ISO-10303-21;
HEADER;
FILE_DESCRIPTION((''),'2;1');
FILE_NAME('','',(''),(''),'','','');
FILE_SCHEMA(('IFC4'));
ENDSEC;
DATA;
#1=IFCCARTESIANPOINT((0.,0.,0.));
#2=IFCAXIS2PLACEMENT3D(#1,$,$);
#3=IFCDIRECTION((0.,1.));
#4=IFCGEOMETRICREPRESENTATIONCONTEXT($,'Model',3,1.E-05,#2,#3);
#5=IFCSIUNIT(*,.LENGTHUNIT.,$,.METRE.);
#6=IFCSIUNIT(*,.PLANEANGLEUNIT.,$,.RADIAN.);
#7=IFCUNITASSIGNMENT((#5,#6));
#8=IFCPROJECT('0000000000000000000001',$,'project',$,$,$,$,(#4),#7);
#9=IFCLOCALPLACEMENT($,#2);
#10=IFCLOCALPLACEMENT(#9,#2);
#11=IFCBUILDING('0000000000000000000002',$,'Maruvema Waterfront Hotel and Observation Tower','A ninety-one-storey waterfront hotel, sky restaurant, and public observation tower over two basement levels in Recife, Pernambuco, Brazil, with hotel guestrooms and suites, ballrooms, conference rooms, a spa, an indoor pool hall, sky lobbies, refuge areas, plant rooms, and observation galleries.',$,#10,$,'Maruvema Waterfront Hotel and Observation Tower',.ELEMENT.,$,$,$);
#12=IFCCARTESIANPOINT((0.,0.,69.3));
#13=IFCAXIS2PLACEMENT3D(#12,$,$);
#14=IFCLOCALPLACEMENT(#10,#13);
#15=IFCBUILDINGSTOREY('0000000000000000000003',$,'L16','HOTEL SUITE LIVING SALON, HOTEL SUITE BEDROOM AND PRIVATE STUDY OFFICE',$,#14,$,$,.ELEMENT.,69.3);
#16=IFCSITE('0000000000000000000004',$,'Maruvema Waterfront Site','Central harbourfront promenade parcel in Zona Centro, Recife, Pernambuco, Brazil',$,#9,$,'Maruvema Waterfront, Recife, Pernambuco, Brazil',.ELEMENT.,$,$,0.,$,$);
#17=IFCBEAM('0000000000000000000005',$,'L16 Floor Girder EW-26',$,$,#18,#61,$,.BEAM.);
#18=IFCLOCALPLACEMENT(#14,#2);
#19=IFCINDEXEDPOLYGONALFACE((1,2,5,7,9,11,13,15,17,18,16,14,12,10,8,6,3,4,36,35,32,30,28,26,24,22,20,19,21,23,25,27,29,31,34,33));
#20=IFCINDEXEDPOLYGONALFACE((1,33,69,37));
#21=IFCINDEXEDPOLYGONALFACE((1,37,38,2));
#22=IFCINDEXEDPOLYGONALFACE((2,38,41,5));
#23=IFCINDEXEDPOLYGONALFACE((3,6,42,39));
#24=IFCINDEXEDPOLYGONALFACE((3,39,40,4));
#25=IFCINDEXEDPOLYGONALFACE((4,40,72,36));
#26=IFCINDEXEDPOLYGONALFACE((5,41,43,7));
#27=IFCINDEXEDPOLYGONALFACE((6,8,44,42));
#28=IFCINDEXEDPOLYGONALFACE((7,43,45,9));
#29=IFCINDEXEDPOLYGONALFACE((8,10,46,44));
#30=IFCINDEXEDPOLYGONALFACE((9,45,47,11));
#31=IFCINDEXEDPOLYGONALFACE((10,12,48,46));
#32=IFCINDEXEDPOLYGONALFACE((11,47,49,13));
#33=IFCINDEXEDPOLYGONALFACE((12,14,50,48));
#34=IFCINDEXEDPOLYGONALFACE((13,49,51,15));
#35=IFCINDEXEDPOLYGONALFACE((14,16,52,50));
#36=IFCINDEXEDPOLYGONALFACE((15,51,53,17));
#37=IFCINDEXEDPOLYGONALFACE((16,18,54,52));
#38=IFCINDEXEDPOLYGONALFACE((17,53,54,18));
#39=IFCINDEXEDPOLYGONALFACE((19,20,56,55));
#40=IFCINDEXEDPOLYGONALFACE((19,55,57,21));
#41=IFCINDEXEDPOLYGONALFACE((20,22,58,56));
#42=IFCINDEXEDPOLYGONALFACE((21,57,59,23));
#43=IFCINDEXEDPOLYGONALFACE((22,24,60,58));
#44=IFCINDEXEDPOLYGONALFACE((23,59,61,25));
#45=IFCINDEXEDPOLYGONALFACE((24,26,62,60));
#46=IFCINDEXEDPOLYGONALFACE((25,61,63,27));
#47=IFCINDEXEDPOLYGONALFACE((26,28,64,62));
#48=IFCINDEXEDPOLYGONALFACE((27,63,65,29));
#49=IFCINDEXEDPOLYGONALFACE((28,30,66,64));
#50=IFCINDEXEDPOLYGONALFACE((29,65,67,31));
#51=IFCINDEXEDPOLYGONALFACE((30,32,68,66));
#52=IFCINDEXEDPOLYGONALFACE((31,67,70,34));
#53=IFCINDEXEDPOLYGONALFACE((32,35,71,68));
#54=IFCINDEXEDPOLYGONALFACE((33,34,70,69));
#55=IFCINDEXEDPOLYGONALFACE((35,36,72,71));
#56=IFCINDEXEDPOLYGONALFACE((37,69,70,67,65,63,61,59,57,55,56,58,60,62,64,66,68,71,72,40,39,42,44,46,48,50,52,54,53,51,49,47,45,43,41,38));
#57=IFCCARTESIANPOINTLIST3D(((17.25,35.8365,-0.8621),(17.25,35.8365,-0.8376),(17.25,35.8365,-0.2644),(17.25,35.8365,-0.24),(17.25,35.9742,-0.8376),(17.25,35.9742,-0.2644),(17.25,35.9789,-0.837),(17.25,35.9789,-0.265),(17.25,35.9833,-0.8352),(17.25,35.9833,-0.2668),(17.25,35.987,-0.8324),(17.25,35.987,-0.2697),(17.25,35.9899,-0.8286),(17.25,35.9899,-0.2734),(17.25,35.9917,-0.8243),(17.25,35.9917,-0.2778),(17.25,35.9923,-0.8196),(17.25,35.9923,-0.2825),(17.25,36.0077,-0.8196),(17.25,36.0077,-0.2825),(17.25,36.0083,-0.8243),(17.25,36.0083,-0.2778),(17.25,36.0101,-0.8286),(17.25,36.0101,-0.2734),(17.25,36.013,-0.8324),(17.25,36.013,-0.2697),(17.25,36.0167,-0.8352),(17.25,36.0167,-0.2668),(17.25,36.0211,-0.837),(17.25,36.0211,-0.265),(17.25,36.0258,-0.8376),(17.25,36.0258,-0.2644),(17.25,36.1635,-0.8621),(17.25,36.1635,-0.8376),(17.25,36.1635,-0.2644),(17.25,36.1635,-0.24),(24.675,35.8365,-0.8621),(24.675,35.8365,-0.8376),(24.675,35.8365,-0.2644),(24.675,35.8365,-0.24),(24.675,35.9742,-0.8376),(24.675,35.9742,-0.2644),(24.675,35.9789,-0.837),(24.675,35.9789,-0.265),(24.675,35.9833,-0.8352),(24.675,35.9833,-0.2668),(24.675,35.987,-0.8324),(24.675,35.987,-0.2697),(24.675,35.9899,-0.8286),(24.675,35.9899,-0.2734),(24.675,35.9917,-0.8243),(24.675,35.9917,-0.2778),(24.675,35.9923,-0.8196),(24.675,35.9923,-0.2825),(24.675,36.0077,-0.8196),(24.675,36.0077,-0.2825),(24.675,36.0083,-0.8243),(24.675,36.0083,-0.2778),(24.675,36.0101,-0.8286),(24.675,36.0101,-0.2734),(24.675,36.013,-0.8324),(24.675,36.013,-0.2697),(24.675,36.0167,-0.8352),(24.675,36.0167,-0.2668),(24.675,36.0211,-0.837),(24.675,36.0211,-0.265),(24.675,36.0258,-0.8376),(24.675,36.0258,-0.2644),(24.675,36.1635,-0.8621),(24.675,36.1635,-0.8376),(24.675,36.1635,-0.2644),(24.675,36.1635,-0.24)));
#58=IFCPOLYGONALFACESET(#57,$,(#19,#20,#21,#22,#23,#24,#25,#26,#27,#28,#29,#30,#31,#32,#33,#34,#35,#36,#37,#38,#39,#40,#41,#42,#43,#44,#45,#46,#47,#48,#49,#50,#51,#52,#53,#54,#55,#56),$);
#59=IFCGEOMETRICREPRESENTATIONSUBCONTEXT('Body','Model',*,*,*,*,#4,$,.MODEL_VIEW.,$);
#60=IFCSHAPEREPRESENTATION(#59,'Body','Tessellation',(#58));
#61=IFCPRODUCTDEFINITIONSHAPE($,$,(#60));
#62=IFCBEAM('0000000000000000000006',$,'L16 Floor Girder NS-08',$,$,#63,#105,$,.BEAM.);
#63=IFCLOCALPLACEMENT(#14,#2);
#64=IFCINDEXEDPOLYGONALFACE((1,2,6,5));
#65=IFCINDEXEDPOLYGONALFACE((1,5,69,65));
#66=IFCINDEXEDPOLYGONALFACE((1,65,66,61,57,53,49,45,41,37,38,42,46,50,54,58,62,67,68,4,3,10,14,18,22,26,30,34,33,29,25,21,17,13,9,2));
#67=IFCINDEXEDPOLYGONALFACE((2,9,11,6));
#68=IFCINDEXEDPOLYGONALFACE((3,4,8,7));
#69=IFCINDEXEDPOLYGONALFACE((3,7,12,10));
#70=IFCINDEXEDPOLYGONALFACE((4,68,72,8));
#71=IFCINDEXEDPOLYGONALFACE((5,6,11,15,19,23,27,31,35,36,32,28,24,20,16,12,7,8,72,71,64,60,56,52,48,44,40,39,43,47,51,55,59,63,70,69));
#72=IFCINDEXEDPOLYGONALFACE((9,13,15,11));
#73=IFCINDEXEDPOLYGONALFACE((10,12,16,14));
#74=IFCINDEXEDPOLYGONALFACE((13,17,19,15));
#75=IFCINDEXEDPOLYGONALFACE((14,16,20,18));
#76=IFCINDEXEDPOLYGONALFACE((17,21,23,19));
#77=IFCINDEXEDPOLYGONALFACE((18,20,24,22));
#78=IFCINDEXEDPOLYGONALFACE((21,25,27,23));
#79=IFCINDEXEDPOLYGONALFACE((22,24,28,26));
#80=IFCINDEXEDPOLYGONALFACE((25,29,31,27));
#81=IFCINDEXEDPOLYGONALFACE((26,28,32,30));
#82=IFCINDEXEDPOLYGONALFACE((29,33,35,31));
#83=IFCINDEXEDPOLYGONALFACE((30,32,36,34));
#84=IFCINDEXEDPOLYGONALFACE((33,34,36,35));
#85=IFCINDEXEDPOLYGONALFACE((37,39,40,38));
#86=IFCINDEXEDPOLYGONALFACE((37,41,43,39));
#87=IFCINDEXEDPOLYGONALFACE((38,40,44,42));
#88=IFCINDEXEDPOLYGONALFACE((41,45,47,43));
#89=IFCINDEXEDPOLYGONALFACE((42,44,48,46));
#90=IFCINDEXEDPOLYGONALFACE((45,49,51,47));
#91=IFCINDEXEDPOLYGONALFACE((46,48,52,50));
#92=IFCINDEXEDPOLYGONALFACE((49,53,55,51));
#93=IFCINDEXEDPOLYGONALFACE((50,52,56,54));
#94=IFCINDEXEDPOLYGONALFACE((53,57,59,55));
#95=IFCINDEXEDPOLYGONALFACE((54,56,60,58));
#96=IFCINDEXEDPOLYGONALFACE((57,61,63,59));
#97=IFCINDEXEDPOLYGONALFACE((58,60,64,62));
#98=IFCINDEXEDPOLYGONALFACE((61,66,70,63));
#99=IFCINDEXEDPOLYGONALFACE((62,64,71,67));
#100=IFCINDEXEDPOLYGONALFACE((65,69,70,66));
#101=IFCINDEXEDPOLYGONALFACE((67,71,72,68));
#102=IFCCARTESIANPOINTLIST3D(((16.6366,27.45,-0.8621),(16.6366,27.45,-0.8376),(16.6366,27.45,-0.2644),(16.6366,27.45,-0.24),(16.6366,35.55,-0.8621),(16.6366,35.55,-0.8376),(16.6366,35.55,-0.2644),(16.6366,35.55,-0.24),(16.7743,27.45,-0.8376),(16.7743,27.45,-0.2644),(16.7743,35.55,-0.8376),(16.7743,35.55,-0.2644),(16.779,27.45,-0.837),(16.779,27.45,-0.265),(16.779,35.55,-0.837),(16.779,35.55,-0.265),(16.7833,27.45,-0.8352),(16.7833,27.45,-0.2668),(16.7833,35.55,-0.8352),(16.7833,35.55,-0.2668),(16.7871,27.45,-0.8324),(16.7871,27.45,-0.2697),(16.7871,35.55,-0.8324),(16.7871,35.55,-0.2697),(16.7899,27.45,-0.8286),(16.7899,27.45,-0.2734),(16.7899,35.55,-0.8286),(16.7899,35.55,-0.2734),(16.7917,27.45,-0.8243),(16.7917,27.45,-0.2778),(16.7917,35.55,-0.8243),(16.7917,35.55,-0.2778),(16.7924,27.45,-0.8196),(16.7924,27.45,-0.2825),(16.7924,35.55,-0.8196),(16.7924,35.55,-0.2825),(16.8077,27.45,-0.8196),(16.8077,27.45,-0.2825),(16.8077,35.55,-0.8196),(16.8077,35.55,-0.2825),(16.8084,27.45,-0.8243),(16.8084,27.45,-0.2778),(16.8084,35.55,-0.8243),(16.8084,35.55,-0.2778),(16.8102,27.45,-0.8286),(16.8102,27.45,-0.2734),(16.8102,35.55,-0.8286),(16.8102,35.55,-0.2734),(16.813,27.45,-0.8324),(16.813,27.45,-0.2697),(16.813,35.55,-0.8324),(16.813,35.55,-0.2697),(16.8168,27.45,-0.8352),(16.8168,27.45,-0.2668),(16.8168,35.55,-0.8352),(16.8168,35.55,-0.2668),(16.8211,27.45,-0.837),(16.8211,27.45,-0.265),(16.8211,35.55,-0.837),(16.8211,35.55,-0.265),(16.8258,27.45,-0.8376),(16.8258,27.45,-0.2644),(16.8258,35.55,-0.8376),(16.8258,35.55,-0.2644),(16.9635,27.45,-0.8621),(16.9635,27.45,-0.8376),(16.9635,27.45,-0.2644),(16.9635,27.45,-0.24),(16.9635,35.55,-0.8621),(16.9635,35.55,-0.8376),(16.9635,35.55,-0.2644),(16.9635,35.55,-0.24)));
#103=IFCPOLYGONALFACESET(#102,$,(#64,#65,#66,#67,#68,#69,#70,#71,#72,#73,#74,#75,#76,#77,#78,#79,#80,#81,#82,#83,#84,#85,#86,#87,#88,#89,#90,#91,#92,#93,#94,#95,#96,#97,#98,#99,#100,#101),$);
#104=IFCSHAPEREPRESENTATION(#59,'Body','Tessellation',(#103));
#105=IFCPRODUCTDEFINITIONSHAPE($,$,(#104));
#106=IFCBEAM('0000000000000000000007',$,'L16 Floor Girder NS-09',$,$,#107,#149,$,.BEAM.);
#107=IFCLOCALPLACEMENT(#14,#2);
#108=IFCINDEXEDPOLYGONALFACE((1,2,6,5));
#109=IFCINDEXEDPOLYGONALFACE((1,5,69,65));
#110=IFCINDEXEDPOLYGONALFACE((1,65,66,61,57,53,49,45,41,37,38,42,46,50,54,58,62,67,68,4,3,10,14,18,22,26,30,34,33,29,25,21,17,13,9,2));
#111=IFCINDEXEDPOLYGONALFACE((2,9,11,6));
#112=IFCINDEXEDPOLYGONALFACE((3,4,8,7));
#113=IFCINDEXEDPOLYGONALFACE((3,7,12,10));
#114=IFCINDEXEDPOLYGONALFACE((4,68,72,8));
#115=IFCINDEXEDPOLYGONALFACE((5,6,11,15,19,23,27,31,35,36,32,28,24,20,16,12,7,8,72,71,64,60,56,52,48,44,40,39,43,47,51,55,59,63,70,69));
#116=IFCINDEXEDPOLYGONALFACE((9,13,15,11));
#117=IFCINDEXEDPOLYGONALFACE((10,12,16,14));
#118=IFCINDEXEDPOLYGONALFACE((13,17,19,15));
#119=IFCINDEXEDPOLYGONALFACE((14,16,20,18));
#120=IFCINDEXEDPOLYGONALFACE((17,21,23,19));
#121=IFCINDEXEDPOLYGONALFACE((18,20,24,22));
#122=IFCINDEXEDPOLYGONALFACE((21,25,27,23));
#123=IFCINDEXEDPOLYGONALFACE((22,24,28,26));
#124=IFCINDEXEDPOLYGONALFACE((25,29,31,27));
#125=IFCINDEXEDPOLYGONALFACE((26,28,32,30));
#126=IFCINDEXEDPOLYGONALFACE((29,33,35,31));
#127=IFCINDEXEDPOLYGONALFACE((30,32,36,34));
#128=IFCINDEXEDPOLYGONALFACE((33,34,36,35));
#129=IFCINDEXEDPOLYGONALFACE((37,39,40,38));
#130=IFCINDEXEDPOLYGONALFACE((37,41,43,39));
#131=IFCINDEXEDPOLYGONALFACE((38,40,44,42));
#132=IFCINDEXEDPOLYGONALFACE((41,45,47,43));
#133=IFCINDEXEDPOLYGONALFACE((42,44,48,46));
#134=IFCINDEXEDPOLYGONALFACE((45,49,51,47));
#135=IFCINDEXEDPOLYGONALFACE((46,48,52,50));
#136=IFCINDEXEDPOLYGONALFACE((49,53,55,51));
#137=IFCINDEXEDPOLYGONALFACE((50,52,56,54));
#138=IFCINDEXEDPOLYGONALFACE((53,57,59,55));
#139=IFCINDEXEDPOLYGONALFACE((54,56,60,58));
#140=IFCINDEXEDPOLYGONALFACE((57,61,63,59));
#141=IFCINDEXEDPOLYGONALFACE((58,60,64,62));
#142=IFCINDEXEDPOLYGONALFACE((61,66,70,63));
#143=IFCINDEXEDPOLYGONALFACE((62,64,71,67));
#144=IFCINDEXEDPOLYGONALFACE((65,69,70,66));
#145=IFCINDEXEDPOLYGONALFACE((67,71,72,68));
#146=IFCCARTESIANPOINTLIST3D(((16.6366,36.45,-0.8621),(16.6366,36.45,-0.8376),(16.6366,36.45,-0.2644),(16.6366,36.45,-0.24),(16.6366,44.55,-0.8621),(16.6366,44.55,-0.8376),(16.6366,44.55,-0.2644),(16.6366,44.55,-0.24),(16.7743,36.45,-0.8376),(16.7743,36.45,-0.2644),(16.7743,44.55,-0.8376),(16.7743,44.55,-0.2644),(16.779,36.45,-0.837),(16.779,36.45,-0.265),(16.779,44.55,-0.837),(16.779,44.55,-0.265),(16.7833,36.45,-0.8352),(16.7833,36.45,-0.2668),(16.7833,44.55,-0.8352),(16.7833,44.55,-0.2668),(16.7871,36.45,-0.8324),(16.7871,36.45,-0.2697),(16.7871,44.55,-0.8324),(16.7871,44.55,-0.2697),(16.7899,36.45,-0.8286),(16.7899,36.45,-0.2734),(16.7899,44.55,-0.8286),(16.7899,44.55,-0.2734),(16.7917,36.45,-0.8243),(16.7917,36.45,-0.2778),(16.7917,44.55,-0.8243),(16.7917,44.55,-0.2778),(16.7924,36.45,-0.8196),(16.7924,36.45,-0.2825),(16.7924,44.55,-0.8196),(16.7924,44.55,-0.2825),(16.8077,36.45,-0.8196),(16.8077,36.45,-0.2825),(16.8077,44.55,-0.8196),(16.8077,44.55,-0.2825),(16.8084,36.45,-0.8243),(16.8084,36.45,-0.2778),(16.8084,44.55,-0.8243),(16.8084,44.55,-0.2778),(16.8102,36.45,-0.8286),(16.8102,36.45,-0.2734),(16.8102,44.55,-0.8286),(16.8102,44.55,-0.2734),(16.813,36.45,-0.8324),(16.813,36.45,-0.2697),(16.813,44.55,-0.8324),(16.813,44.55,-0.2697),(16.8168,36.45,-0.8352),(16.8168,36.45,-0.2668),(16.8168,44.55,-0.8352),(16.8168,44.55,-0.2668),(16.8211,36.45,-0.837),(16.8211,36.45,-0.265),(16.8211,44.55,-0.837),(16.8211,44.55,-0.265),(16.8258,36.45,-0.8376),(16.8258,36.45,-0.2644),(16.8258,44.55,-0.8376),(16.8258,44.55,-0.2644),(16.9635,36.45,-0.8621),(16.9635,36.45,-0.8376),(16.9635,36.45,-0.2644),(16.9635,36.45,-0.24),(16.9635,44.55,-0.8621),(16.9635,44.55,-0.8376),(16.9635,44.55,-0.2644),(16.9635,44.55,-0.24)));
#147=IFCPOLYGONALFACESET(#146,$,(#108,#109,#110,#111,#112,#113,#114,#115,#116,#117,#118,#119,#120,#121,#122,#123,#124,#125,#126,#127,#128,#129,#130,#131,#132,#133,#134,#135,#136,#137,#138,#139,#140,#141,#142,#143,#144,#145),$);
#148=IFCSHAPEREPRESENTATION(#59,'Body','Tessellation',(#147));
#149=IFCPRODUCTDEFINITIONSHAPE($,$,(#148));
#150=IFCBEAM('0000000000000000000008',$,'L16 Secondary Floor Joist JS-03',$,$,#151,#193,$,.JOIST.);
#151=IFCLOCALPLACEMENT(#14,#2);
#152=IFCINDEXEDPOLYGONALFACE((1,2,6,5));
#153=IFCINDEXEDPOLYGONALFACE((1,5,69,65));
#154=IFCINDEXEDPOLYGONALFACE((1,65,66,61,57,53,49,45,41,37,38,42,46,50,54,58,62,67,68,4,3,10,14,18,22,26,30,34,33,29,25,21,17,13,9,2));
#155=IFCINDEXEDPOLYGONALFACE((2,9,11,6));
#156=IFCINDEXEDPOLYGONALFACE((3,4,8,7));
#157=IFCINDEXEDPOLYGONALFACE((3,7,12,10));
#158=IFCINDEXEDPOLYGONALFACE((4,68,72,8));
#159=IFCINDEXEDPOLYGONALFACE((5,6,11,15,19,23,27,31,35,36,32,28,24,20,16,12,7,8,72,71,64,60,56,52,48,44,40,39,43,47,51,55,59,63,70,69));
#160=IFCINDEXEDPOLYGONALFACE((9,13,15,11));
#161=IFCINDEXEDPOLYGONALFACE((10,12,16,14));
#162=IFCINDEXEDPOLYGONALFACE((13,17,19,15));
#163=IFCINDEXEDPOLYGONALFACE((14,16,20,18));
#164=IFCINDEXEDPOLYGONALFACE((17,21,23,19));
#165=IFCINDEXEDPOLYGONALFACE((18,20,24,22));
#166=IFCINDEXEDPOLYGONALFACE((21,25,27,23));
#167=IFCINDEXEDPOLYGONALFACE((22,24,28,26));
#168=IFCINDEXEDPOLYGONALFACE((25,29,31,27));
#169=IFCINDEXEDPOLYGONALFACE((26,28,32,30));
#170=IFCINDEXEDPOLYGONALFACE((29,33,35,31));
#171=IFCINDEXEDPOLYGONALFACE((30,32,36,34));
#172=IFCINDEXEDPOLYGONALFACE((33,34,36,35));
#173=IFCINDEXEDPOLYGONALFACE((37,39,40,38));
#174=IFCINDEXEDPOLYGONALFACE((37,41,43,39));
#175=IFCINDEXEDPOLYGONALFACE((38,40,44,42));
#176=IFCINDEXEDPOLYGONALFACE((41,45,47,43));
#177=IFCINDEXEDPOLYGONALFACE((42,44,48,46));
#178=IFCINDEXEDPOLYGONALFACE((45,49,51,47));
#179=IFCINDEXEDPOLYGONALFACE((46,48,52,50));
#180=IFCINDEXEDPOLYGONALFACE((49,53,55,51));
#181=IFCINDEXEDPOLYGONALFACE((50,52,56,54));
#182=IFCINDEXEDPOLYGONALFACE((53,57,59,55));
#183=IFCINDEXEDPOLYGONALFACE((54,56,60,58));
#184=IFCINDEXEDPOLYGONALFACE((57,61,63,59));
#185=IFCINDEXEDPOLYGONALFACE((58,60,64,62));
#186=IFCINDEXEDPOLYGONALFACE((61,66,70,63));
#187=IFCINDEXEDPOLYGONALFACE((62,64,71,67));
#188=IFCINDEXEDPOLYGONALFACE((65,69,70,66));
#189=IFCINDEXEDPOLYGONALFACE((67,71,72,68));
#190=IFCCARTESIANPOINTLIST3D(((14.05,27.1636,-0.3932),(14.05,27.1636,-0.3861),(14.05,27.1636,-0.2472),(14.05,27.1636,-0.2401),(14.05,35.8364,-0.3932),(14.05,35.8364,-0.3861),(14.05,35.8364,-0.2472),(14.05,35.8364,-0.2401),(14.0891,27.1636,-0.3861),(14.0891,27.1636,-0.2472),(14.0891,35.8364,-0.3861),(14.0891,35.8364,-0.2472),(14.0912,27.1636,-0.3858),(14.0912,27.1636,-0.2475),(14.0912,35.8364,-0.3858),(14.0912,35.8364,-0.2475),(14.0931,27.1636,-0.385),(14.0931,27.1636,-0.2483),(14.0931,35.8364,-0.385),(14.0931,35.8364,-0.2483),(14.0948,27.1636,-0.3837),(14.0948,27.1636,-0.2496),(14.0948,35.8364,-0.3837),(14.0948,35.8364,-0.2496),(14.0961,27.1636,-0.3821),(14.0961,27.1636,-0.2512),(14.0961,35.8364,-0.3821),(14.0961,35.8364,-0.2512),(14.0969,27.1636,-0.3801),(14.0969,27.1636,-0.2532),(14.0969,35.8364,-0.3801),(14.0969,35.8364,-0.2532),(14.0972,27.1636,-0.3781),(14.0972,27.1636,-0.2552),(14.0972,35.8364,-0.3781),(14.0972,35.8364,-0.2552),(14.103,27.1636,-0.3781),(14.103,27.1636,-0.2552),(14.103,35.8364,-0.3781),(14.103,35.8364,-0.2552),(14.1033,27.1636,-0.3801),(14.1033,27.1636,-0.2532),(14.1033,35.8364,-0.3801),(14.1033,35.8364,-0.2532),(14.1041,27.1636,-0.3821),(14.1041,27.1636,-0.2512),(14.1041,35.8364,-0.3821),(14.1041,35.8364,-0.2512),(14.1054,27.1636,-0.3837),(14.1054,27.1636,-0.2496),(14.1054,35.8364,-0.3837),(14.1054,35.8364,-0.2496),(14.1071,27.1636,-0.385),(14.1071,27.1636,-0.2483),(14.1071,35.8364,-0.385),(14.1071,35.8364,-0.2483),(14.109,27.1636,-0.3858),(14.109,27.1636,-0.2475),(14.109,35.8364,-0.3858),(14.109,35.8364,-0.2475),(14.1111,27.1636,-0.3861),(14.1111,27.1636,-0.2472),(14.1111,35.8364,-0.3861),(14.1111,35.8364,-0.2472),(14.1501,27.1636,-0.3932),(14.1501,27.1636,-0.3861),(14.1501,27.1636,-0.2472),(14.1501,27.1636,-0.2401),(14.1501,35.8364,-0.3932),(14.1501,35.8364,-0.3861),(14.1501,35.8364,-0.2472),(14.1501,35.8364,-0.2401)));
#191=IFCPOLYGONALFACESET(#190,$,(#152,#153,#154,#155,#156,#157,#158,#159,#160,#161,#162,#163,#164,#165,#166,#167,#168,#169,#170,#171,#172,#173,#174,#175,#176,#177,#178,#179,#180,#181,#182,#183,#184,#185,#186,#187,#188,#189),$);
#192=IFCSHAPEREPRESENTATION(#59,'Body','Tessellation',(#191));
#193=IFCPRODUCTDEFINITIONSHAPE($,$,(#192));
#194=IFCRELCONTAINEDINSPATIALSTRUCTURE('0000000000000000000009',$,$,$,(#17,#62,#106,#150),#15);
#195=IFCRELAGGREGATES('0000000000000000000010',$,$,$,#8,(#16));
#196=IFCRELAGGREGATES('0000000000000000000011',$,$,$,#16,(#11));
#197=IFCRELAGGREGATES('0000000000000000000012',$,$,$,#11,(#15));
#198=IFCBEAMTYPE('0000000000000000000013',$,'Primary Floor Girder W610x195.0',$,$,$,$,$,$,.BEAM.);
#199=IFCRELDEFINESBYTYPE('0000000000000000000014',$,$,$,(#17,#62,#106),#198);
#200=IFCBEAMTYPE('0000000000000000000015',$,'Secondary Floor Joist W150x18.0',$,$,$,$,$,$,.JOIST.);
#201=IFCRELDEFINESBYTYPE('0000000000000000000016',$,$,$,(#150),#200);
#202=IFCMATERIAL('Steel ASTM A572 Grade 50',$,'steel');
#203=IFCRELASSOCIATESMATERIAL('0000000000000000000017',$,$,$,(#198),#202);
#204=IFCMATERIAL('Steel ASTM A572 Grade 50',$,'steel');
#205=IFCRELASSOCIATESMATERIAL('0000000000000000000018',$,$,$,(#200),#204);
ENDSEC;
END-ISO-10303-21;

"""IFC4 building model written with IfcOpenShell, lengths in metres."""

from ifc_helpers import new_model, si_unit, direction, frame, origin, origin_2d, place, context, subcontext, project, spatial, i_section, extrude, material, material_profile, profile_set, type_object, element, save


model = new_model("IFC4")

# Units and contexts
model_context = context("Model", 3, precision=1e-05, world=origin(), true_north=direction((0.0, 1.0)))
body_context = subcontext(model_context, "Body", "Model", "MODEL_VIEW")
ifc_project = project(units=[si_unit("LENGTHUNIT", "METRE"), si_unit("PLANEANGLEUNIT", "RADIAN")], contexts=[model_context])

# Site, building, storey
site_placement = place(None, origin())
site = spatial("IfcSite", under=ifc_project, at=site_placement, Name="Maruvema Waterfront Site", Description="Central harbourfront promenade parcel in Zona Centro, Recife, Pernambuco, Brazil", LongName="Maruvema Waterfront, Recife, Pernambuco, Brazil", CompositionType="ELEMENT", RefElevation=0.0)
building_placement = place(site_placement, origin())
building = spatial("IfcBuilding", under=site, at=building_placement, Name="Maruvema Waterfront Hotel and Observation Tower", Description="A ninety-one-storey waterfront hotel, sky restaurant, and public observation tower over two basement levels in Recife, Pernambuco, Brazil, with hotel guestrooms and suites, ballrooms, conference rooms, a spa, an indoor pool hall, sky lobbies, refuge areas, plant rooms, and observation galleries.", LongName="Maruvema Waterfront Hotel and Observation Tower", CompositionType="ELEMENT")
storey_placement = place(building_placement, frame((0.0, 0.0, 69.3)))
storey = spatial("IfcBuildingStorey", under=building, at=storey_placement, Name="L16", Description="HOTEL SUITE LIVING SALON, HOTEL SUITE BEDROOM AND PRIVATE STUDY OFFICE", CompositionType="ELEMENT", Elevation=69.3)

# Beams
ifc_material_1 = material(Name="Steel ASTM A572 Grade 50", Category="steel")
ifc_material_profile_1 = material_profile(ifc_material_1, i_section(OverallWidth=0.3269, OverallDepth=0.6221, WebThickness=0.0154, FlangeThickness=0.0244, FilletRadius=0.0181, at=origin_2d()), Name="W610x195.0")
ifc_profile_set_1 = profile_set([ifc_material_profile_1], Name="Steel ASTM A572 Grade 50")
beam_type_1 = type_object("IfcBeamType", Name="Primary Floor Girder W610x195.0", PredefinedType="BEAM", material=ifc_profile_set_1)
beam_1_placement = place(storey_placement, frame((17.25, 36.0, -0.551), z_axis=(1.0, 0.0, 0.0), x_axis=(0.0, 1.0, 0.0)))
element("IfcBeam", 1, at=beam_1_placement, inside=storey, type_object=beam_type_1, Name="L16 Floor Girder EW-26", PredefinedType="BEAM", context=body_context, shape_type="SweptSolid", body=[
    extrude(i_section(OverallWidth=0.3269, OverallDepth=0.6221, WebThickness=0.0154, FlangeThickness=0.0244, FilletRadius=0.0181, at=origin_2d()), origin(), (0.0, 0.0, 1.0), 7.425),
])
for number, where, z_axis, x_axis, name in (
    (2, (16.8, 27.45, -0.551), (0.0, 1.0, 0.0), (-1.0, 0.0, 0.0), "L16 Floor Girder NS-08"),
    (3, (16.8, 36.45, -0.551), (0.0, 1.0, 0.0), (-1.0, 0.0, 0.0), "L16 Floor Girder NS-09"),
):
    element("IfcBeam", number, at=place(storey_placement, frame(where, z_axis=z_axis, x_axis=x_axis)), inside=storey, type_object=beam_type_1, Name=name, PredefinedType="BEAM", context=body_context, shape_type="SweptSolid", body=[
        extrude(i_section(OverallWidth=0.3269, OverallDepth=0.6221, WebThickness=0.0154, FlangeThickness=0.0244, FilletRadius=0.0181, at=origin_2d()), origin(), (0.0, 0.0, 1.0), 8.1001),
    ])
ifc_material_2 = material(Name="Steel ASTM A572 Grade 50", Category="steel")
ifc_material_profile_2 = material_profile(ifc_material_2, i_section(OverallWidth=0.1001, OverallDepth=0.1531, WebThickness=0.0059, FlangeThickness=0.0071, FilletRadius=0.0081, at=origin_2d()), Name="W150x18.0")
ifc_profile_set_2 = profile_set([ifc_material_profile_2], Name="Steel ASTM A572 Grade 50")
beam_type_2 = type_object("IfcBeamType", Name="Secondary Floor Joist W150x18.0", PredefinedType="JOIST", material=ifc_profile_set_2)
beam_2_placement = place(storey_placement, frame((14.1001, 27.1636, -0.3167), z_axis=(0.0, 1.0, 0.0), x_axis=(-1.0, 0.0, 0.0)))
element("IfcBeam", 4, at=beam_2_placement, inside=storey, type_object=beam_type_2, Name="L16 Secondary Floor Joist JS-03", PredefinedType="JOIST", context=body_context, shape_type="SweptSolid", body=[
    extrude(i_section(OverallWidth=0.1001, OverallDepth=0.1531, WebThickness=0.0059, FlangeThickness=0.0071, FilletRadius=0.0081, at=origin_2d()), origin(), (0.0, 0.0, 1.0), 8.6729),
])

save(model, "model.ifc")
